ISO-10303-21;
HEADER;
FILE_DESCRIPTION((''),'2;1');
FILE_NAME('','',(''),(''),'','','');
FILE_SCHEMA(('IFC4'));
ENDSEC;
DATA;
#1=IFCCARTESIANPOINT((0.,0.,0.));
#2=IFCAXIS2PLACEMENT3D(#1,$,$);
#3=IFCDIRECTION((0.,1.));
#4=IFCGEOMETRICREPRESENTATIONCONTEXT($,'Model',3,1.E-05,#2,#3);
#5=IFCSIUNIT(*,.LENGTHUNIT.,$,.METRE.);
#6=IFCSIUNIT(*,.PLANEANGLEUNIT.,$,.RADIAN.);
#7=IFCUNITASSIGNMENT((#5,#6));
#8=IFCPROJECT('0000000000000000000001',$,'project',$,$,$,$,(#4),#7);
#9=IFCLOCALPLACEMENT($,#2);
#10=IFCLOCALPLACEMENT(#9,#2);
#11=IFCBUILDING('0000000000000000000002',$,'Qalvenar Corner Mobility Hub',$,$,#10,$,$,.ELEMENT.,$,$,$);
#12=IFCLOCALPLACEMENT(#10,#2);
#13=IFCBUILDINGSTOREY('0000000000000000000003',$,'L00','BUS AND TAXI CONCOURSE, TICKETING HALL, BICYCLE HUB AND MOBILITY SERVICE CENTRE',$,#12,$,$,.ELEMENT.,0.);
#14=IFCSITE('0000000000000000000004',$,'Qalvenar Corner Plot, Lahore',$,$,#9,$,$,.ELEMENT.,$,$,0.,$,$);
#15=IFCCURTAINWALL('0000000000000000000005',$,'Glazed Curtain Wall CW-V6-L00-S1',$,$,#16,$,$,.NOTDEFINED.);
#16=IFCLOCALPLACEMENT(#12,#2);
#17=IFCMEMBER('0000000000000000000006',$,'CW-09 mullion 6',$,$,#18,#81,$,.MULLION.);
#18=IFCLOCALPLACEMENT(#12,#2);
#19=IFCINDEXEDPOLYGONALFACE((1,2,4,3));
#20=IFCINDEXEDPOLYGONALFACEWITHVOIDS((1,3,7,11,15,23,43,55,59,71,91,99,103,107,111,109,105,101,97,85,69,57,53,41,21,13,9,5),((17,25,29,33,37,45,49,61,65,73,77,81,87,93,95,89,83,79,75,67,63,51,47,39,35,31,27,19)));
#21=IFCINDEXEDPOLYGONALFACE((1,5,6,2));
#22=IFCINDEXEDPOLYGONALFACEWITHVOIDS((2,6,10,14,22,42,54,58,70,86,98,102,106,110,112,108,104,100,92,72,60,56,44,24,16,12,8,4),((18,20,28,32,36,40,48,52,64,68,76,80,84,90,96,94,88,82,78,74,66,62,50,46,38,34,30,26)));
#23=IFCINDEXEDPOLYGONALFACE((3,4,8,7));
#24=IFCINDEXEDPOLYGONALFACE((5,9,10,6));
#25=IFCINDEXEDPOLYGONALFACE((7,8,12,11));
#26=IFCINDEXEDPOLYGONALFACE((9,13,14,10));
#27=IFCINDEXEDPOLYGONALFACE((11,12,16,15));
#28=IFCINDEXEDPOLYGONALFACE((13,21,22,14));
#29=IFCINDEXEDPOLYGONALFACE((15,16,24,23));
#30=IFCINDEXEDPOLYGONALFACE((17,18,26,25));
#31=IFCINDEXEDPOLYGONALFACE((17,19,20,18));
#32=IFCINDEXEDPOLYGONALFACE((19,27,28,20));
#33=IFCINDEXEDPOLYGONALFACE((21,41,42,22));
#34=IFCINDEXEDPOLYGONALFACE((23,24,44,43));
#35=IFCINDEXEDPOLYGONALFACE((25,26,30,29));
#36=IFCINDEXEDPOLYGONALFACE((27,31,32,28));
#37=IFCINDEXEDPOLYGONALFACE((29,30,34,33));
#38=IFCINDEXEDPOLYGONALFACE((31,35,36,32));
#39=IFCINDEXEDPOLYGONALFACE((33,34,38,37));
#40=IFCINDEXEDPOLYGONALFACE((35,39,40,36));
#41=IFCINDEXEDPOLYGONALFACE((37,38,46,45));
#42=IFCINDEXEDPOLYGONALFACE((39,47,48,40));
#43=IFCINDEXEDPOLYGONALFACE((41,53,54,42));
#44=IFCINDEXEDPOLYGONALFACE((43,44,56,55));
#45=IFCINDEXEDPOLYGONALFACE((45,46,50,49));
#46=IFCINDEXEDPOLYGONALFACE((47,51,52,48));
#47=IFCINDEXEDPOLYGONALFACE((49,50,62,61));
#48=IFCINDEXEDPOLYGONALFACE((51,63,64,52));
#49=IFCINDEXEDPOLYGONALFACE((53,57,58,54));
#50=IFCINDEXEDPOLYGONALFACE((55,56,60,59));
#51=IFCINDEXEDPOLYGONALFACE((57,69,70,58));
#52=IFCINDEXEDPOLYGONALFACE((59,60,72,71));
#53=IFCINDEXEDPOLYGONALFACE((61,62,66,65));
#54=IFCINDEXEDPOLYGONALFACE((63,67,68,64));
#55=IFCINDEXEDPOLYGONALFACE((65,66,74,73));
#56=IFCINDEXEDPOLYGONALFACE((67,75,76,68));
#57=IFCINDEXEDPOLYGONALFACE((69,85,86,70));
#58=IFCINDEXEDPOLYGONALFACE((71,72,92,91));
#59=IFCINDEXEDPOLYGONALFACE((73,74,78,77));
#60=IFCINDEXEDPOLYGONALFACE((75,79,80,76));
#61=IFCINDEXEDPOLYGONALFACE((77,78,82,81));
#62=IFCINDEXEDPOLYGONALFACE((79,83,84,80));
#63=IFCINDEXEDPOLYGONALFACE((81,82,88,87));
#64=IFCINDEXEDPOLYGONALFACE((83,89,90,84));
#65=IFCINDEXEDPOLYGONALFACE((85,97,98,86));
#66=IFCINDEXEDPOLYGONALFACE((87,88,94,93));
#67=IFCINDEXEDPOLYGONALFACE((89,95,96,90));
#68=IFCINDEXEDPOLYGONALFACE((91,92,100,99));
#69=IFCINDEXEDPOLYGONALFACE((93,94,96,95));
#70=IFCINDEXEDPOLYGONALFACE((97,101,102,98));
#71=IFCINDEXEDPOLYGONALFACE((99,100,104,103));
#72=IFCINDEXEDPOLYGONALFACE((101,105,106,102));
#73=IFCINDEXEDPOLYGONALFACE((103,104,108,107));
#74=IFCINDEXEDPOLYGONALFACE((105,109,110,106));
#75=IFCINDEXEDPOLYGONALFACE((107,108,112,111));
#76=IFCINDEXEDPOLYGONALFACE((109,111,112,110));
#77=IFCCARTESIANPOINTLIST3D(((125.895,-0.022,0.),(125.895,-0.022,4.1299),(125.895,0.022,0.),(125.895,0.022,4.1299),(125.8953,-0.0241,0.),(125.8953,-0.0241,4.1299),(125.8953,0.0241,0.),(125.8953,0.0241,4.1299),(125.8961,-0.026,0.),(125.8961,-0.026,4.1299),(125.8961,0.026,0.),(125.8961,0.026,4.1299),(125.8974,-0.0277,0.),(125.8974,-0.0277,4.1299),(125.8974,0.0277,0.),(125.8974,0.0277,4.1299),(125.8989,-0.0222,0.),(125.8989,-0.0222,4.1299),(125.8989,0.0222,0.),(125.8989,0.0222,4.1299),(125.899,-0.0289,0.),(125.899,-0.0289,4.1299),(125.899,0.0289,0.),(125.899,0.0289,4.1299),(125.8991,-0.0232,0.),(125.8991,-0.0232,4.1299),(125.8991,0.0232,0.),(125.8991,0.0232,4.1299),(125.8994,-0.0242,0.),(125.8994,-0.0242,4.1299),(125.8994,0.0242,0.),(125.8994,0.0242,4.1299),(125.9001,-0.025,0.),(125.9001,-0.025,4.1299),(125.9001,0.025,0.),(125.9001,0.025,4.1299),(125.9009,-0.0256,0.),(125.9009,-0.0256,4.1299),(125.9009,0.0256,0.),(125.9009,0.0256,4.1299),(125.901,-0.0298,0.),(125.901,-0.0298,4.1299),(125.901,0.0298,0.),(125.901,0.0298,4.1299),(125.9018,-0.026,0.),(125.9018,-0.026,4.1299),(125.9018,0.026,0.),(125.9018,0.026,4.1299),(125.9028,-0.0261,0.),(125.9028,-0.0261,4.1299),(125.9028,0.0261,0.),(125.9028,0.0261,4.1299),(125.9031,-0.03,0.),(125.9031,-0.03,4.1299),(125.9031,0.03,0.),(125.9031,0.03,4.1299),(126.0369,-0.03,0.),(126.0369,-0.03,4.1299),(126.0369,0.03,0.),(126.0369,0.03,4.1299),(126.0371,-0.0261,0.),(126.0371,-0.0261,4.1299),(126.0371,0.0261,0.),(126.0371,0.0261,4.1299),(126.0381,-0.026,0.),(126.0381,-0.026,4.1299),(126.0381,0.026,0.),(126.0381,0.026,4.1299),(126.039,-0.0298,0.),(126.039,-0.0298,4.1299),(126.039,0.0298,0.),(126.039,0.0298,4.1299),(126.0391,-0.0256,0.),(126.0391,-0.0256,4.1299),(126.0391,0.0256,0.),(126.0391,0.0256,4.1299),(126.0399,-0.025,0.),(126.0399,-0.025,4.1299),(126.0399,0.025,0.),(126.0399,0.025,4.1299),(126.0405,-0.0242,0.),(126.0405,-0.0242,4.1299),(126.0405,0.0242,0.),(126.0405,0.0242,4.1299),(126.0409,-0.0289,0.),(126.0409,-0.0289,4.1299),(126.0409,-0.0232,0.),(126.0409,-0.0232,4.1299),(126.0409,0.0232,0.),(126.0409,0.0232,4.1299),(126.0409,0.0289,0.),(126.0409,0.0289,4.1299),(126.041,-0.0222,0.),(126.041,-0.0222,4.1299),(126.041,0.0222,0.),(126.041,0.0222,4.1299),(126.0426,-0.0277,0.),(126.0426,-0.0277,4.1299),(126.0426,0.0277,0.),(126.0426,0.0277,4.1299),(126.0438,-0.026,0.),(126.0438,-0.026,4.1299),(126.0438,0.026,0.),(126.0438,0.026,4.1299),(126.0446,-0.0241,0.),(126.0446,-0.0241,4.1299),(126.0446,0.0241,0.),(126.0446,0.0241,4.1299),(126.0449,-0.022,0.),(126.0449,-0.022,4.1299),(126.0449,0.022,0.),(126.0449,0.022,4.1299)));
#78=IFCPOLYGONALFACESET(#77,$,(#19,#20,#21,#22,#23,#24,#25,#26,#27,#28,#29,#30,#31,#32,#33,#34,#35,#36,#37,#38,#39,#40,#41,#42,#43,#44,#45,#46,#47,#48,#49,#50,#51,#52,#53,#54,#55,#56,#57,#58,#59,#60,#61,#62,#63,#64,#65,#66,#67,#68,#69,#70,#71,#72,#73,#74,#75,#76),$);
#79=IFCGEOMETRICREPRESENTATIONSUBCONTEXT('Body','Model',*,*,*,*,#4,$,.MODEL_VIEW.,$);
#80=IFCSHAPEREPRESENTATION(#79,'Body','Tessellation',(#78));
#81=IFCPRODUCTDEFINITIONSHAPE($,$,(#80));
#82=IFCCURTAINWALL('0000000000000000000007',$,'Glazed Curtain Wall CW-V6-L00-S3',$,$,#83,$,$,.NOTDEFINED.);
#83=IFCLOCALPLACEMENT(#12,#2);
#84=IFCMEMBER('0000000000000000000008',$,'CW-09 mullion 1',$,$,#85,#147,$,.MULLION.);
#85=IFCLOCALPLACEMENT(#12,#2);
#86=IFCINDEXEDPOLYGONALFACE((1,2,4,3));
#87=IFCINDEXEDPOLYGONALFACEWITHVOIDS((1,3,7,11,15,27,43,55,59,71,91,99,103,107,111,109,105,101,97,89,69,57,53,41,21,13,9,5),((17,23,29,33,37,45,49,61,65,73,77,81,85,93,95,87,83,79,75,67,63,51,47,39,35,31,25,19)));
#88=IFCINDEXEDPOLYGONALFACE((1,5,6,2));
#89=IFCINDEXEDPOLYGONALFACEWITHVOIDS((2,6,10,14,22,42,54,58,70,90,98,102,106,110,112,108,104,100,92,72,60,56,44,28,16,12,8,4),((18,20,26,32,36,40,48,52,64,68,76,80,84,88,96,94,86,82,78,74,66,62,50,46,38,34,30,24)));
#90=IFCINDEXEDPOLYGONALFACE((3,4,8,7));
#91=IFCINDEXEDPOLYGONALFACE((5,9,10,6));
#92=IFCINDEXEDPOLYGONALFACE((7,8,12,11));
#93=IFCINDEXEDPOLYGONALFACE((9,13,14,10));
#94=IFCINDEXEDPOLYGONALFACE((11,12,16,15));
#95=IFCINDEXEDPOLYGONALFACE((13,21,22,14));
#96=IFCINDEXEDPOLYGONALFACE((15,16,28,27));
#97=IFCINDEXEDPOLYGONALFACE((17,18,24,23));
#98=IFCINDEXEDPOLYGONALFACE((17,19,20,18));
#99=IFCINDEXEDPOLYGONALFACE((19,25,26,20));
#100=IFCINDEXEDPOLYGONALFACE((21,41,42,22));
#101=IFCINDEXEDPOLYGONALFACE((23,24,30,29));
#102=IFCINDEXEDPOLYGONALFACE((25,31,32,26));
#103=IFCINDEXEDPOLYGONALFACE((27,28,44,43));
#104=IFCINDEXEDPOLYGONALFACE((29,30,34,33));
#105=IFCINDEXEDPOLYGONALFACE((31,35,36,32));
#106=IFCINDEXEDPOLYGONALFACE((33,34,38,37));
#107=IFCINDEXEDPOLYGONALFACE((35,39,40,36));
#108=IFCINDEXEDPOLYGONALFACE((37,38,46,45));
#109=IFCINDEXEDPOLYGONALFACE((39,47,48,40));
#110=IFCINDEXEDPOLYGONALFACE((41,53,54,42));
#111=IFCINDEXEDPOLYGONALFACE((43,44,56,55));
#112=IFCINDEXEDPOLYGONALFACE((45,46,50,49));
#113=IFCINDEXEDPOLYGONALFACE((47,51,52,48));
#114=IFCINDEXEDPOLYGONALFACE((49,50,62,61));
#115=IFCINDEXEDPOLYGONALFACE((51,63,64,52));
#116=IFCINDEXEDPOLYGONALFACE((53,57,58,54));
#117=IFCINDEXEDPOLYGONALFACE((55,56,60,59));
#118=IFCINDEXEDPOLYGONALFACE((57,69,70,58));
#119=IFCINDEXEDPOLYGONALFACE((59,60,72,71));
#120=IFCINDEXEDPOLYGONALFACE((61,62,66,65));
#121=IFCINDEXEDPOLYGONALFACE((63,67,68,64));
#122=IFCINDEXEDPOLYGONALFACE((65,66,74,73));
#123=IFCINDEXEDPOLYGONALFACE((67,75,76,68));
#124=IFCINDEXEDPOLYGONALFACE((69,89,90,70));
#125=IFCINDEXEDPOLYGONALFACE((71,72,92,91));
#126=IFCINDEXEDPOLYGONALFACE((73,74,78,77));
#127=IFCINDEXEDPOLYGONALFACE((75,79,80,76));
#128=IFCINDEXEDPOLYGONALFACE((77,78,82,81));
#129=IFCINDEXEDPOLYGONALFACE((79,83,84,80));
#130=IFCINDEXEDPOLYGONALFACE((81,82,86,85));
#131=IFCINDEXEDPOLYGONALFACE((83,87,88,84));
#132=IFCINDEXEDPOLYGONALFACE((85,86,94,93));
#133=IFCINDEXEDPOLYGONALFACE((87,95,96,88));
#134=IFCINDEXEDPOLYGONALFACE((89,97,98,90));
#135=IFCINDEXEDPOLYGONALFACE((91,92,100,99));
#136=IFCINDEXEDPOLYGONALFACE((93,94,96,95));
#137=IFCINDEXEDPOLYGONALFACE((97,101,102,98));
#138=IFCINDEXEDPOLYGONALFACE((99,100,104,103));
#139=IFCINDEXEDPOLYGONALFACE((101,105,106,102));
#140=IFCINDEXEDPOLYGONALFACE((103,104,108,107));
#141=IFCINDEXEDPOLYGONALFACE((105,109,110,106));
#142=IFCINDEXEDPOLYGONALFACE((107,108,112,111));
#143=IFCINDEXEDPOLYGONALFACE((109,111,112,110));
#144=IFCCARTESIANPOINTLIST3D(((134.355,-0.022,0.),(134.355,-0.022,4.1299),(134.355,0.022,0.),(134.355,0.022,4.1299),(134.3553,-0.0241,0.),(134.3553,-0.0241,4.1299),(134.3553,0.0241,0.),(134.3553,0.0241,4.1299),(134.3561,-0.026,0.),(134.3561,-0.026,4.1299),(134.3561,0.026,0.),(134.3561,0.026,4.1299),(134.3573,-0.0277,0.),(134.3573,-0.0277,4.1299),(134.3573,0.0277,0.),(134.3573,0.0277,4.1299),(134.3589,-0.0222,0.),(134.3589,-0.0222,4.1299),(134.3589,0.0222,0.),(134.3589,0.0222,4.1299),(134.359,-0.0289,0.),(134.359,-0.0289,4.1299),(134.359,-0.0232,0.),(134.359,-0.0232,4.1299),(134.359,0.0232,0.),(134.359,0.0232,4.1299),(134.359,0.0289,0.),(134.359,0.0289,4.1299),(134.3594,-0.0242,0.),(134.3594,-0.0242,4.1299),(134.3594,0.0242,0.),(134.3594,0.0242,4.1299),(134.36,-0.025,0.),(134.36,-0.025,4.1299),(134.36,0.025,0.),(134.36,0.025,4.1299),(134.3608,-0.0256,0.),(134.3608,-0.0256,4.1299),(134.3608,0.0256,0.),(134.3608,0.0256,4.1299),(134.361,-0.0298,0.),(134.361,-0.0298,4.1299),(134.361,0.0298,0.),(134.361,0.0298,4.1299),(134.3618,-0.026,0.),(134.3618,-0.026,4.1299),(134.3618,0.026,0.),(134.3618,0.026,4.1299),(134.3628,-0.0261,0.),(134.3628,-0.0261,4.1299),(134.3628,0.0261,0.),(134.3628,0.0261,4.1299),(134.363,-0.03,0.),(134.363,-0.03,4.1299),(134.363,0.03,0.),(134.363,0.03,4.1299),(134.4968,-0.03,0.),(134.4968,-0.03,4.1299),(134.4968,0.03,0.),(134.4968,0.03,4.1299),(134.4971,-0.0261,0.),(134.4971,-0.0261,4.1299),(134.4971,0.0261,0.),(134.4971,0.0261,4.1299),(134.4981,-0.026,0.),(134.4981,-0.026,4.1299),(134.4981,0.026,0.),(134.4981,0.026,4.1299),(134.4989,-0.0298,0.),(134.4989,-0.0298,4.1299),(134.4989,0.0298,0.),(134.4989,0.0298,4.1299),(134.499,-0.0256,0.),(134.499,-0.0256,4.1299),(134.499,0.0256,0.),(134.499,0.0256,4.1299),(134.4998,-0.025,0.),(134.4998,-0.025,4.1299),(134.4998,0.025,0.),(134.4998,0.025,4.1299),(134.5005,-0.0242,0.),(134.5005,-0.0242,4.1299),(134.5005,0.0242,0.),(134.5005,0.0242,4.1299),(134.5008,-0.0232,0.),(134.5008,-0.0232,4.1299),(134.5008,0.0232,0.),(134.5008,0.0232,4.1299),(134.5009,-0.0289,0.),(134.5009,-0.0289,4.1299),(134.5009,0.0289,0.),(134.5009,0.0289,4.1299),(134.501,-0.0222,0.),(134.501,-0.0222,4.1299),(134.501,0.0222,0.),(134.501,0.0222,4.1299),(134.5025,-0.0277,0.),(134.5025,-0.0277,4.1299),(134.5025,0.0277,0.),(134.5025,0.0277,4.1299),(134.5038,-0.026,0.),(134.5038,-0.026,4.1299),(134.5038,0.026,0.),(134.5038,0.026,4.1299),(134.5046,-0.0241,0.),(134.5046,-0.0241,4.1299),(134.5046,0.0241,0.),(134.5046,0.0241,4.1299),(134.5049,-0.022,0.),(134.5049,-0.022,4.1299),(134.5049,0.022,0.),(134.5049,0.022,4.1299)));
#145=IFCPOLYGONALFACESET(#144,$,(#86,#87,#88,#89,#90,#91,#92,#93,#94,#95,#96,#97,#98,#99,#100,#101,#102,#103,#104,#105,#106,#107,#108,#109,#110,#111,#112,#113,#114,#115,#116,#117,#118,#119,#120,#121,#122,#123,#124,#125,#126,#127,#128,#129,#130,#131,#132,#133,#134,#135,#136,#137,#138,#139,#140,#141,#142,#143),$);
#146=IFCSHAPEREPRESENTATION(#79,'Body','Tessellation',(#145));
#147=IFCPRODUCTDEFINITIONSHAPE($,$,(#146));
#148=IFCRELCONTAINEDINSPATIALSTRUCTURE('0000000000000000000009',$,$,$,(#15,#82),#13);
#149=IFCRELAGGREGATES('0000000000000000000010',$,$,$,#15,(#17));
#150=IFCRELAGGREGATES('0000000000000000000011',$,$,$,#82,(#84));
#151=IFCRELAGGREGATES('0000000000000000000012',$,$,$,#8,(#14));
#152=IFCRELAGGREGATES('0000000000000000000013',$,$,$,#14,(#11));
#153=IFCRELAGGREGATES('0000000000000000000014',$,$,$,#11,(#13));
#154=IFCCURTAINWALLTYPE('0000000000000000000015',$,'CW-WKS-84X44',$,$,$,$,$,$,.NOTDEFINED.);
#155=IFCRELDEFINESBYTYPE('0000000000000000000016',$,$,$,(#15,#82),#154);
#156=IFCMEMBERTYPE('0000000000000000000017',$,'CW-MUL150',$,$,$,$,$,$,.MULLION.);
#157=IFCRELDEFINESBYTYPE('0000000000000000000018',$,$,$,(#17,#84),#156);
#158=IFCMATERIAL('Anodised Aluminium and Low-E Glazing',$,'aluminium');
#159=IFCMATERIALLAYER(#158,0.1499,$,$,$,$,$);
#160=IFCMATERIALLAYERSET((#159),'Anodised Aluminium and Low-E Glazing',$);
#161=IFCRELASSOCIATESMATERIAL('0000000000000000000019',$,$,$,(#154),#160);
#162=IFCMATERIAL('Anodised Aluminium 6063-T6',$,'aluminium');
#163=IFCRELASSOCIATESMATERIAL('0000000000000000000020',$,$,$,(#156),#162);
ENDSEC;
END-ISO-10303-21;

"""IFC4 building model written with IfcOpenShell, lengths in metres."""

from ifc_helpers import new_model, si_unit, direction, frame, origin, origin_2d, place, context, subcontext, project, spatial, hollow_rectangle, extrude, material, layer, layer_set, material_profile, profile_set, type_object, element, aggregate, save


model = new_model("IFC4")

# Units and contexts
model_context = context("Model", 3, precision=1e-05, world=origin(), true_north=direction((0.0, 1.0)))
body_context = subcontext(model_context, "Body", "Model", "MODEL_VIEW")
ifc_project = project(units=[si_unit("LENGTHUNIT", "METRE"), si_unit("PLANEANGLEUNIT", "RADIAN")], contexts=[model_context])

# Site, building, storey
site_placement = place(None, origin())
site = spatial("IfcSite", under=ifc_project, at=site_placement, Name="Qalvenar Corner Plot, Lahore", CompositionType="ELEMENT", RefElevation=0.0)
building_placement = place(site_placement, origin())
building = spatial("IfcBuilding", under=site, at=building_placement, Name="Qalvenar Corner Mobility Hub", CompositionType="ELEMENT")
storey_placement = place(building_placement, origin())
storey = spatial("IfcBuildingStorey", under=building, at=storey_placement, Name="L00", Description="BUS AND TAXI CONCOURSE, TICKETING HALL, BICYCLE HUB AND MOBILITY SERVICE CENTRE", CompositionType="ELEMENT", Elevation=0.0)

# Curtain wall, member
ifc_material_1 = material(Name="Anodised Aluminium and Low-E Glazing", Category="aluminium")
ifc_layer_1 = layer(ifc_material_1, 0.1499)
ifc_layer_set_1 = layer_set([ifc_layer_1], Name="Anodised Aluminium and Low-E Glazing")
curtain_wall_type = type_object("IfcCurtainWallType", Name="CW-WKS-84X44", PredefinedType="NOTDEFINED", material=ifc_layer_set_1)
curtain_wall_1_placement = place(storey_placement, origin())
curtain_wall_1 = element("IfcCurtainWall", 1, at=curtain_wall_1_placement, inside=storey, type_object=curtain_wall_type, Name="Glazed Curtain Wall CW-V6-L00-S1", PredefinedType="NOTDEFINED")
ifc_material_2 = material(Name="Anodised Aluminium 6063-T6", Category="aluminium")
ifc_material_profile_1 = material_profile(ifc_material_2, hollow_rectangle(XDim=0.0601, YDim=0.1499, WallThickness=0.0039, InnerFilletRadius=0.0039, OuterFilletRadius=0.0081, at=origin_2d()), Name="RHS150x60x4")
ifc_profile_set_1 = profile_set([ifc_material_profile_1], Name="Anodised Aluminium 6063-T6")
member_type_1 = type_object("IfcMemberType", Name="CW-MUL150", PredefinedType="MULLION", material=ifc_profile_set_1)
member_1_placement = place(storey_placement, frame((125.97, 0.0, 0.0), z_axis=(0.0, 0.0, 1.0), x_axis=(0.0, 1.0, 0.0)))
member_1 = element("IfcMember", 2, at=member_1_placement, type_object=member_type_1, Name="CW-09 mullion 6", PredefinedType="MULLION", context=body_context, shape_type="SweptSolid", body=[
    extrude(hollow_rectangle(XDim=0.0601, YDim=0.1499, WallThickness=0.0039, InnerFilletRadius=0.0039, OuterFilletRadius=0.0081, at=origin_2d()), origin(), (0.0, 0.0, 1.0), 4.1299),
])

# Curtain wall, member
curtain_wall_2_placement = place(storey_placement, origin())
curtain_wall_2 = element("IfcCurtainWall", 3, at=curtain_wall_2_placement, inside=storey, type_object=curtain_wall_type, Name="Glazed Curtain Wall CW-V6-L00-S3", PredefinedType="NOTDEFINED")
member_2_placement = place(storey_placement, frame((134.4299, 0.0, 0.0), z_axis=(0.0, 0.0, 1.0), x_axis=(0.0, 1.0, 0.0)))
member_2 = element("IfcMember", 4, at=member_2_placement, type_object=member_type_1, Name="CW-09 mullion 1", PredefinedType="MULLION", context=body_context, shape_type="SweptSolid", body=[
    extrude(hollow_rectangle(XDim=0.0601, YDim=0.1499, WallThickness=0.0039, InnerFilletRadius=0.0039, OuterFilletRadius=0.0081, at=origin_2d()), origin(), (0.0, 0.0, 1.0), 4.1299),
])

aggregate(curtain_wall_1, [member_1])
aggregate(curtain_wall_2, [member_2])

save(model, "model.ifc")
